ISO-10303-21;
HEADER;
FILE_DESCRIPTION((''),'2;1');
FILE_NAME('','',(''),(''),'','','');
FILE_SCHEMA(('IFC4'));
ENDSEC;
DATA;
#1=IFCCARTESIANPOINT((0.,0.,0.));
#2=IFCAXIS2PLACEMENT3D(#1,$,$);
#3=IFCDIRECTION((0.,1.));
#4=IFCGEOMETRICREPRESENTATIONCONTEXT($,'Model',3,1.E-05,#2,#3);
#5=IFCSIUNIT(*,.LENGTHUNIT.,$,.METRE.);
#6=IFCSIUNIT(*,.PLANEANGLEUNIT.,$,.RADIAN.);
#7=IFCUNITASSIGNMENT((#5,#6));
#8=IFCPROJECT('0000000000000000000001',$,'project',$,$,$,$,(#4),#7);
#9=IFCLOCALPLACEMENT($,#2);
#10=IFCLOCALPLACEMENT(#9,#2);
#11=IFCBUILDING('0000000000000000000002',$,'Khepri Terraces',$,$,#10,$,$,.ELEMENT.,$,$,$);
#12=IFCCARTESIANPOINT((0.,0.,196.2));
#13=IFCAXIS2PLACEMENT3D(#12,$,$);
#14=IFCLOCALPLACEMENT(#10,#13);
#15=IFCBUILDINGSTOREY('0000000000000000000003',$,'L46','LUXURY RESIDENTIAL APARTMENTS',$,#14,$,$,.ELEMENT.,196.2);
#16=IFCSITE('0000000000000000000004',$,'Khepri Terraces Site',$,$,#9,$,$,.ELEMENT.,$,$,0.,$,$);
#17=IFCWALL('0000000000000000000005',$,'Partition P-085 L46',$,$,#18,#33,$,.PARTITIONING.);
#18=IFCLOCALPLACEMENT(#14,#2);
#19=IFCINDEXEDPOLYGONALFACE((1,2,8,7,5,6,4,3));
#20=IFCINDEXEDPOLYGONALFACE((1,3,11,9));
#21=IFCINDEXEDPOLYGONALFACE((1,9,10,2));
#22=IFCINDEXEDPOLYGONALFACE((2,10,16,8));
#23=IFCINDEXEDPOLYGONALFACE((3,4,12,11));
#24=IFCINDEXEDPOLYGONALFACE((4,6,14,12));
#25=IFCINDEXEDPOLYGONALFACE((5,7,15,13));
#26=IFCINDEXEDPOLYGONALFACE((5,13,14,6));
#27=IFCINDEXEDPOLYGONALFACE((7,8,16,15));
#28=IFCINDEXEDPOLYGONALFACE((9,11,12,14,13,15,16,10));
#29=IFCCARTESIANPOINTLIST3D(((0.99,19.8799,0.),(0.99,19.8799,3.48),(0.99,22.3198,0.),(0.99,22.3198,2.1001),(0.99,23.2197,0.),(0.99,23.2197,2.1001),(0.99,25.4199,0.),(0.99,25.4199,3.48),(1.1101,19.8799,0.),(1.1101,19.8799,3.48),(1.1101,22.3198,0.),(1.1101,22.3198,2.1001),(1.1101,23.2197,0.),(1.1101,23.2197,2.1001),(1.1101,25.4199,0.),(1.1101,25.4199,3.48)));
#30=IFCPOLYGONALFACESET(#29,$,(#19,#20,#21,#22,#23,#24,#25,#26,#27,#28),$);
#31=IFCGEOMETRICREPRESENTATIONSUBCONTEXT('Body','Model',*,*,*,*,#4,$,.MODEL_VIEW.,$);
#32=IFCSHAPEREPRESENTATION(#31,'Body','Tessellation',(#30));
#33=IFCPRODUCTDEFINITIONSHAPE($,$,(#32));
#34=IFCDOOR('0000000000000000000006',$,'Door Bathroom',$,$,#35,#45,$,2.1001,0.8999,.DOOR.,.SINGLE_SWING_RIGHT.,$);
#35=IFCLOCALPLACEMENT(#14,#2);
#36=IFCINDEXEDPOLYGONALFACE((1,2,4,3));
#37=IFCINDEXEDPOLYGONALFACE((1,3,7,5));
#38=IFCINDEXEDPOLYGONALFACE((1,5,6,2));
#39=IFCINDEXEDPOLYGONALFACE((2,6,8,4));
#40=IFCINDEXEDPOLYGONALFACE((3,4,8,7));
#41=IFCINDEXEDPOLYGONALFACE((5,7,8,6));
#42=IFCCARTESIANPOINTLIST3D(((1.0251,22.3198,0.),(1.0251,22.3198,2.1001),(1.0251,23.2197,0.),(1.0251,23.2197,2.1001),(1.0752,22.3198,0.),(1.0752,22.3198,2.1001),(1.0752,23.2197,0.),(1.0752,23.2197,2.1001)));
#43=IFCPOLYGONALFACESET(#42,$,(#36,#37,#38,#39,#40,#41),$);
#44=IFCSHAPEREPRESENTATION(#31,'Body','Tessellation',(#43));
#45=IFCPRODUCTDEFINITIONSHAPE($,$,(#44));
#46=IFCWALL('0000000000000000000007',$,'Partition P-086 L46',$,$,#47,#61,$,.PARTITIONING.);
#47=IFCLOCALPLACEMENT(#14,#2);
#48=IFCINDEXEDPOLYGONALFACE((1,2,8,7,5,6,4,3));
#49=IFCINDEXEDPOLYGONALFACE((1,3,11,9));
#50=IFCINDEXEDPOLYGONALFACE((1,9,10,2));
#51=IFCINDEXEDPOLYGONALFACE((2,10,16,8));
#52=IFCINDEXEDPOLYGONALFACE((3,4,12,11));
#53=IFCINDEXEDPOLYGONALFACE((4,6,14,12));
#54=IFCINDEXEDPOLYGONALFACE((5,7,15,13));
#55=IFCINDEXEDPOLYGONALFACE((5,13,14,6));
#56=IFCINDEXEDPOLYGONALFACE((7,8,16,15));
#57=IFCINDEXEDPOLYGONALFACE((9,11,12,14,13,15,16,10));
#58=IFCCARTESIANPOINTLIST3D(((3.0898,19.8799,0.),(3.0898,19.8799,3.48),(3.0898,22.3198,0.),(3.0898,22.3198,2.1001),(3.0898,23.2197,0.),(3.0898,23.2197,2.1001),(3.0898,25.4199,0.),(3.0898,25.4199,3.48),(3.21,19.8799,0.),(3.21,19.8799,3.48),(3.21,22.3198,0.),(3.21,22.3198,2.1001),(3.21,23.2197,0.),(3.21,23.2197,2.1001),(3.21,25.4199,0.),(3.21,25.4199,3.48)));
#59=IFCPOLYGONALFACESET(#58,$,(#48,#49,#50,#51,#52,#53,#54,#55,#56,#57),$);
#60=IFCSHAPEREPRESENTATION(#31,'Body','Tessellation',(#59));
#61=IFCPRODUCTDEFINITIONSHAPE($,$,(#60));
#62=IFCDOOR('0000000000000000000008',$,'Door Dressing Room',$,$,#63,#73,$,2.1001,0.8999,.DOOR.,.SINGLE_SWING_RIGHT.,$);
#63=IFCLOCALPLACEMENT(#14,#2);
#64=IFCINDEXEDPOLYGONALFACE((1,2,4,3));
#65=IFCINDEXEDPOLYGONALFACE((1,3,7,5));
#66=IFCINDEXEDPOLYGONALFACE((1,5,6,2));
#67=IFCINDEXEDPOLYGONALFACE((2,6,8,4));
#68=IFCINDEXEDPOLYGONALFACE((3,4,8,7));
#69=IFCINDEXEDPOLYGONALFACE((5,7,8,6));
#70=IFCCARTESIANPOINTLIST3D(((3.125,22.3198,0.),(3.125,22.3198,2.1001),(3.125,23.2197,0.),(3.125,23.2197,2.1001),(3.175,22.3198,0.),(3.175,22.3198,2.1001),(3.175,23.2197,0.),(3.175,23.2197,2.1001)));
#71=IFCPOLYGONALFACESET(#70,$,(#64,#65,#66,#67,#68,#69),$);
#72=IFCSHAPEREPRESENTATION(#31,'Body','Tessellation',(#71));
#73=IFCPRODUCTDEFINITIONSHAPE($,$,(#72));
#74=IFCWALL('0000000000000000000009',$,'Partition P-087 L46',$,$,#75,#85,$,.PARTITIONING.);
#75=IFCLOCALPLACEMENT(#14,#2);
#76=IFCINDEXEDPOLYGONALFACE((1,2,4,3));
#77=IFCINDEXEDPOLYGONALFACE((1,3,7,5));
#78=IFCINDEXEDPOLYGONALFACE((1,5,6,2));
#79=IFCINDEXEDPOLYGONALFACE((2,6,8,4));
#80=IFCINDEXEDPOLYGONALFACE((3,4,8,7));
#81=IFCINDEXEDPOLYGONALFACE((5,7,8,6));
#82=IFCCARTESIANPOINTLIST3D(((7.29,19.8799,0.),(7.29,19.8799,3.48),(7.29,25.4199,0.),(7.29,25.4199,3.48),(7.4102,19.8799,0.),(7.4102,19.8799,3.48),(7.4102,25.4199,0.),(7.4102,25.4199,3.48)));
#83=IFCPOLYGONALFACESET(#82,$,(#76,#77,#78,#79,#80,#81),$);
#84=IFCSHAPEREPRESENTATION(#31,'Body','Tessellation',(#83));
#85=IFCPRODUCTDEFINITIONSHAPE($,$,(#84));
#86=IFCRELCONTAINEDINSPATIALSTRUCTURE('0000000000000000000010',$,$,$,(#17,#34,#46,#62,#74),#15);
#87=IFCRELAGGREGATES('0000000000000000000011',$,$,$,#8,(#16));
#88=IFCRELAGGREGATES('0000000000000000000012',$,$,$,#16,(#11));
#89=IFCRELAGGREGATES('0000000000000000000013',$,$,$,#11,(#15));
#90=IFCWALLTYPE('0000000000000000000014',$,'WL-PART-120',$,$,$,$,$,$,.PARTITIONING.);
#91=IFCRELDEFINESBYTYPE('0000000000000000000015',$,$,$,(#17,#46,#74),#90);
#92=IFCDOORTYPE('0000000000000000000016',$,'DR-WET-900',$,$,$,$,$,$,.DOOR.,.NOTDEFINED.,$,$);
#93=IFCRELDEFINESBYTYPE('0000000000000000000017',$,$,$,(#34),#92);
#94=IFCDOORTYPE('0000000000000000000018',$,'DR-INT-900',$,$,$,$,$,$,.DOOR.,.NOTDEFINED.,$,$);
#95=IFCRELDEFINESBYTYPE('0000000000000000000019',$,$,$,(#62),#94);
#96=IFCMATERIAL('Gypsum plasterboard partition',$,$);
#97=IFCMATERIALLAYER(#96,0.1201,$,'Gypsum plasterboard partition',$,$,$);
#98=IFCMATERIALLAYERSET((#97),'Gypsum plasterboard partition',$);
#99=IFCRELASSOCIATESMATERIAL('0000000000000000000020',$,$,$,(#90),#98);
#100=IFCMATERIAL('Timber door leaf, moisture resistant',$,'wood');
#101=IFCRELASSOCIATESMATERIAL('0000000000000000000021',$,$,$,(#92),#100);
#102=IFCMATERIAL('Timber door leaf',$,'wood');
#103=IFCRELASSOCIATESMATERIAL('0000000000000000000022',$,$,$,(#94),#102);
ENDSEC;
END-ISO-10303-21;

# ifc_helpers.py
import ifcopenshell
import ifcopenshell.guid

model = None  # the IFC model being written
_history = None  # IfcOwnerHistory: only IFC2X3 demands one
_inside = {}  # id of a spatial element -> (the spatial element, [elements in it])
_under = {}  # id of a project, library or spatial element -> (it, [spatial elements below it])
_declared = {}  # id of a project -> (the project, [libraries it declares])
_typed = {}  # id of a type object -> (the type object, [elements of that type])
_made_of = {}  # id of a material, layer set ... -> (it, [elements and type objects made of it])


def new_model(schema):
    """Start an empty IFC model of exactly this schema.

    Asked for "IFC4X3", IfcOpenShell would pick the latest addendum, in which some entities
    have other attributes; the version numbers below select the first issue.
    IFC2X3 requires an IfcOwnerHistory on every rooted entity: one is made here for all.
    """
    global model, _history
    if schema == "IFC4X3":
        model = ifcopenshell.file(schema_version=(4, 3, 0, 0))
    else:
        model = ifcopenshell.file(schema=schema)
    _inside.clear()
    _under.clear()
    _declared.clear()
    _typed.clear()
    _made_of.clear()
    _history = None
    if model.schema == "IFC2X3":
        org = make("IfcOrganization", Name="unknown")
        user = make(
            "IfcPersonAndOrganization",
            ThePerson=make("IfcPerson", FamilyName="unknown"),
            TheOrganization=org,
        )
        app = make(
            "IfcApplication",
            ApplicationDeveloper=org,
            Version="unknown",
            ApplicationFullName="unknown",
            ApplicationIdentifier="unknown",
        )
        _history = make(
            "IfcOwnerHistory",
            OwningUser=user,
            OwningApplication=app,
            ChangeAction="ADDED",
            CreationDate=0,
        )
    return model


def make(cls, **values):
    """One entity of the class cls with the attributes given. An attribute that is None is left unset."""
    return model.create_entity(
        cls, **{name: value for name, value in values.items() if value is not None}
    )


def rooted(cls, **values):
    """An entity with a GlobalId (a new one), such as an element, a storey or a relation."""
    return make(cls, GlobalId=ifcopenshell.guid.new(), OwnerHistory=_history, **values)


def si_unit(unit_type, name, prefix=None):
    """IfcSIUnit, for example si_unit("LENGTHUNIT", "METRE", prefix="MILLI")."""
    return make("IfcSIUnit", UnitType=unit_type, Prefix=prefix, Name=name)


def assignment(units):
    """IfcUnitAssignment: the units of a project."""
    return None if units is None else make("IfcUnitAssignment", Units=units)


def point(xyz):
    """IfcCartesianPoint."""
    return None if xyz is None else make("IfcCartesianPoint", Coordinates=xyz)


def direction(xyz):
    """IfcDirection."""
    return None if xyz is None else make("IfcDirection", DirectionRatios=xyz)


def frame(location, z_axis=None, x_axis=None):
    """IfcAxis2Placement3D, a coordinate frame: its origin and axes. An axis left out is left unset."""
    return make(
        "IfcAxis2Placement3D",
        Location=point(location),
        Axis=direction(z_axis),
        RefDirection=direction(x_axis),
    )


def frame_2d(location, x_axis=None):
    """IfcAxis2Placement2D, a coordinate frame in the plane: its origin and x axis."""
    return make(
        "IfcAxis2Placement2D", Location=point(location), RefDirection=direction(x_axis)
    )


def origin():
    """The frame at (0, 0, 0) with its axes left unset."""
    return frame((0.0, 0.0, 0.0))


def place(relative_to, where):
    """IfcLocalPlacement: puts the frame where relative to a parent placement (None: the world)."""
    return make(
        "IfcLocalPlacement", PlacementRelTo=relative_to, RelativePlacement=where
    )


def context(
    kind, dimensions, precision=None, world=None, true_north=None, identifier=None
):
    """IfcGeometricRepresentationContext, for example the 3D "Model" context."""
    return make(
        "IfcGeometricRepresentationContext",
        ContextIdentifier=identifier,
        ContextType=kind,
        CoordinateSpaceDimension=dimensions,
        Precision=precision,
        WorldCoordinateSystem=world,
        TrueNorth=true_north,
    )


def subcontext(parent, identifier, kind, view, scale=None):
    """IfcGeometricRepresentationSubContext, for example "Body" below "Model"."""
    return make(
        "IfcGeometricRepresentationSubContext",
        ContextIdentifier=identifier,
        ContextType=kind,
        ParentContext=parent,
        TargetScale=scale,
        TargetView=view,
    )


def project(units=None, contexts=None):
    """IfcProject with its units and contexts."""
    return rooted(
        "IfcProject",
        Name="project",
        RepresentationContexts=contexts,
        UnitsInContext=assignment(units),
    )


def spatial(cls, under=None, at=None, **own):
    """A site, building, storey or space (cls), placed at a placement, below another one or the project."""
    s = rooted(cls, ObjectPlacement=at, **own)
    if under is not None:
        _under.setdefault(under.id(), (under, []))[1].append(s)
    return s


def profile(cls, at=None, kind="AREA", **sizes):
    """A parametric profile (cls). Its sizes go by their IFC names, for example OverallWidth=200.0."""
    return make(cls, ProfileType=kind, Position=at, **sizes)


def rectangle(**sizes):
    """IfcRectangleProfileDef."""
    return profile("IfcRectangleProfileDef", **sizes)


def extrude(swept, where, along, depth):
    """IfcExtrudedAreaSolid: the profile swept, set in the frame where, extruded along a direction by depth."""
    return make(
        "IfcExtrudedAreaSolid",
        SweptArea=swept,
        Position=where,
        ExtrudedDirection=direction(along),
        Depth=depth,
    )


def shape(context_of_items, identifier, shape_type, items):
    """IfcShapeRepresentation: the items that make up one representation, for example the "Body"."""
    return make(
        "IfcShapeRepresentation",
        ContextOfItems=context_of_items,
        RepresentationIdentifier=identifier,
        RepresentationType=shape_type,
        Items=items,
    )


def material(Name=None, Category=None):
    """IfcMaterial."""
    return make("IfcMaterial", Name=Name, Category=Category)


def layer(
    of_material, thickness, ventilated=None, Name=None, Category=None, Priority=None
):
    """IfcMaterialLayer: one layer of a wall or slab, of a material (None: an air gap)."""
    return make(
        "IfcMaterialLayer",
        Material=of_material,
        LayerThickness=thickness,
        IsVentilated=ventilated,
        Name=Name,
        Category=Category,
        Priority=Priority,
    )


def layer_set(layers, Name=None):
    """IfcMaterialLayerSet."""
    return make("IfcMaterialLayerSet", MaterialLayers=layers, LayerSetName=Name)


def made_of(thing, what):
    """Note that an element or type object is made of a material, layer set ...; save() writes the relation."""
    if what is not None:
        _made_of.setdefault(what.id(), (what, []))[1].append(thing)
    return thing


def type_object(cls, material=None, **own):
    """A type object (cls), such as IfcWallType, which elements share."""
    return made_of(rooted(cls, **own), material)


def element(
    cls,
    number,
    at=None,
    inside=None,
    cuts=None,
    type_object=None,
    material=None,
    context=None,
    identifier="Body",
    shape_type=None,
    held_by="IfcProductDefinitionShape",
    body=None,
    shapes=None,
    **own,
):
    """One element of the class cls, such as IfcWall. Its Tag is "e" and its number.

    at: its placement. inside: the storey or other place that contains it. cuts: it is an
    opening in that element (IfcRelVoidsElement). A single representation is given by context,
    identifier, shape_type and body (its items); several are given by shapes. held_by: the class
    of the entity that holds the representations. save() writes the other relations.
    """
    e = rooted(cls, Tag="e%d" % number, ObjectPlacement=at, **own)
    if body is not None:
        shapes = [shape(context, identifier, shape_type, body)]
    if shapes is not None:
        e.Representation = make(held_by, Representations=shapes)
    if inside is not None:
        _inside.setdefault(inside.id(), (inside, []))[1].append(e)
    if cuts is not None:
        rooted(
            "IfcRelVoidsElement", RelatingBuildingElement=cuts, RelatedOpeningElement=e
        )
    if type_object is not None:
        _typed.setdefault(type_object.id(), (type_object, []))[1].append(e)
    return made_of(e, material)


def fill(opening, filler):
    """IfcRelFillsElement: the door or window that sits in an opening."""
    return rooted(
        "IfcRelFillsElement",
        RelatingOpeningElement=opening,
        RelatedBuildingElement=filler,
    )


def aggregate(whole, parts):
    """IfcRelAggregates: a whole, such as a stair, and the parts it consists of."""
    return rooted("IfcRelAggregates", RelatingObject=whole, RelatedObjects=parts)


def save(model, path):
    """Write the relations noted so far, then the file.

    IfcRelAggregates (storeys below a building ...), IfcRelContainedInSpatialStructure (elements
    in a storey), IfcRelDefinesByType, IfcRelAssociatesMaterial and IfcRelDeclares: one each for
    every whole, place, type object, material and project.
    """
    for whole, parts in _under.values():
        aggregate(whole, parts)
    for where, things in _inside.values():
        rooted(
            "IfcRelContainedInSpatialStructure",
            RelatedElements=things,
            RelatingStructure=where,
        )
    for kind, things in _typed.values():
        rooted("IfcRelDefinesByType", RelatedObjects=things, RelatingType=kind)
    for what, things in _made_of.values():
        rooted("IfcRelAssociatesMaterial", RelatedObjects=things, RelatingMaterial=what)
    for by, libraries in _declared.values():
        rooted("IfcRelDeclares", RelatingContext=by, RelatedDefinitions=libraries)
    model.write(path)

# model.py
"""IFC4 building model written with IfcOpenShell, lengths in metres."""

from ifc_helpers import new_model, si_unit, direction, frame, frame_2d, origin, place, context, subcontext, project, spatial, rectangle, extrude, material, layer, layer_set, type_object, element, fill, save


model = new_model("IFC4")

# Units and contexts
model_context = context("Model", 3, precision=1e-05, world=origin(), true_north=direction((0.0, 1.0)))
body_context = subcontext(model_context, "Body", "Model", "MODEL_VIEW")
ifc_project = project(units=[si_unit("LENGTHUNIT", "METRE"), si_unit("PLANEANGLEUNIT", "RADIAN")], contexts=[model_context])

# Site, building, storey
site_placement = place(None, origin())
site = spatial("IfcSite", under=ifc_project, at=site_placement, Name="Khepri Terraces Site", CompositionType="ELEMENT", RefElevation=0.0)
building_placement = place(site_placement, origin())
building = spatial("IfcBuilding", under=site, at=building_placement, Name="Khepri Terraces", CompositionType="ELEMENT")
storey_placement = place(building_placement, frame((0.0, 0.0, 196.2)))
storey = spatial("IfcBuildingStorey", under=building, at=storey_placement, Name="L46", Description="LUXURY RESIDENTIAL APARTMENTS", CompositionType="ELEMENT", Elevation=196.2)

# Shared definitions
ifc_material_1 = material(Name="Gypsum plasterboard partition")
ifc_layer_1 = layer(ifc_material_1, 0.1201, Name="Gypsum plasterboard partition")
ifc_layer_set_1 = layer_set([ifc_layer_1], Name="Gypsum plasterboard partition")
wall_type_1 = type_object("IfcWallType", Name="WL-PART-120", PredefinedType="PARTITIONING", material=ifc_layer_set_1)

# Walls, openings, doors
wall_1_placement = place(storey_placement, frame((1.05, 19.8799, 0.0), z_axis=(0.0, 0.0, 1.0), x_axis=(0.0, 1.0, 0.0)))
wall_1 = element("IfcWall", 1, at=wall_1_placement, inside=storey, type_object=wall_type_1, Name="Partition P-085 L46", PredefinedType="PARTITIONING", context=body_context, shape_type="SweptSolid", body=[
    extrude(rectangle(XDim=5.54, YDim=0.1201, at=frame_2d((2.77, 0.0))), origin(), (0.0, 0.0, 1.0), 3.48),
])
opening_1_placement = place(wall_1_placement, frame((2.4399, 0.0, 0.0)))
opening_1 = element("IfcOpeningElement", 2, at=opening_1_placement, cuts=wall_1, PredefinedType="OPENING", context=body_context, shape_type="SweptSolid", body=[
    extrude(rectangle(XDim=0.8999, YDim=2.1001, at=frame_2d((0.45, 1.05))), frame((0.0, 0.0701, 0.0), z_axis=(0.0, -1.0, 0.0), x_axis=(1.0, 0.0, 0.0)), (0.0, 0.0, 1.0), 0.1401),
])
ifc_material_2 = material(Name="Timber door leaf, moisture resistant", Category="wood")
door_type_1 = type_object("IfcDoorType", Name="DR-WET-900", OperationType="NOTDEFINED", PredefinedType="DOOR", material=ifc_material_2)
door_1_placement = place(opening_1_placement, origin())
door_1 = element("IfcDoor", 3, at=door_1_placement, inside=storey, type_object=door_type_1, Name="Door Bathroom", OperationType="SINGLE_SWING_RIGHT", OverallHeight=2.1001, OverallWidth=0.8999, PredefinedType="DOOR", context=body_context, shape_type="SweptSolid", body=[
    extrude(rectangle(XDim=0.8999, YDim=2.1001, at=frame_2d((0.45, 1.05))), frame((0.0, 0.0249, 0.0), z_axis=(0.0, -1.0, 0.0), x_axis=(1.0, 0.0, 0.0)), (0.0, 0.0, 1.0), 0.05),
])
fill(opening_1, door_1)
wall_2_placement = place(storey_placement, frame((3.1499, 19.8799, 0.0), z_axis=(0.0, 0.0, 1.0), x_axis=(0.0, 1.0, 0.0)))
wall_2 = element("IfcWall", 4, at=wall_2_placement, inside=storey, type_object=wall_type_1, Name="Partition P-086 L46", PredefinedType="PARTITIONING", context=body_context, shape_type="SweptSolid", body=[
    extrude(rectangle(XDim=5.54, YDim=0.1201, at=frame_2d((2.77, 0.0))), origin(), (0.0, 0.0, 1.0), 3.48),
])
opening_2_placement = place(wall_2_placement, frame((2.4399, 0.0, 0.0)))
opening_2 = element("IfcOpeningElement", 5, at=opening_2_placement, cuts=wall_2, PredefinedType="OPENING", context=body_context, shape_type="SweptSolid", body=[
    extrude(rectangle(XDim=0.8999, YDim=2.1001, at=frame_2d((0.45, 1.05))), frame((0.0, 0.0701, 0.0), z_axis=(0.0, -1.0, 0.0), x_axis=(1.0, 0.0, 0.0)), (0.0, 0.0, 1.0), 0.1401),
])
ifc_material_3 = material(Name="Timber door leaf", Category="wood")
door_type_2 = type_object("IfcDoorType", Name="DR-INT-900", OperationType="NOTDEFINED", PredefinedType="DOOR", material=ifc_material_3)
door_2_placement = place(opening_2_placement, origin())
door_2 = element("IfcDoor", 6, at=door_2_placement, inside=storey, type_object=door_type_2, Name="Door Dressing Room", OperationType="SINGLE_SWING_RIGHT", OverallHeight=2.1001, OverallWidth=0.8999, PredefinedType="DOOR", context=body_context, shape_type="SweptSolid", body=[
    extrude(rectangle(XDim=0.8999, YDim=2.1001, at=frame_2d((0.45, 1.05))), frame((0.0, 0.0249, 0.0), z_axis=(0.0, -1.0, 0.0), x_axis=(1.0, 0.0, 0.0)), (0.0, 0.0, 1.0), 0.05),
])
fill(opening_2, door_2)

# Wall
wall_3_placement = place(storey_placement, frame((7.3501, 19.8799, 0.0), z_axis=(0.0, 0.0, 1.0), x_axis=(0.0, 1.0, 0.0)))
element("IfcWall", 7, at=wall_3_placement, inside=storey, type_object=wall_type_1, Name="Partition P-087 L46", PredefinedType="PARTITIONING", context=body_context, shape_type="SweptSolid", body=[
    extrude(rectangle(XDim=5.54, YDim=0.1201, at=frame_2d((2.77, 0.0))), origin(), (0.0, 0.0, 1.0), 3.48),
])

save(model, "model.ifc")
